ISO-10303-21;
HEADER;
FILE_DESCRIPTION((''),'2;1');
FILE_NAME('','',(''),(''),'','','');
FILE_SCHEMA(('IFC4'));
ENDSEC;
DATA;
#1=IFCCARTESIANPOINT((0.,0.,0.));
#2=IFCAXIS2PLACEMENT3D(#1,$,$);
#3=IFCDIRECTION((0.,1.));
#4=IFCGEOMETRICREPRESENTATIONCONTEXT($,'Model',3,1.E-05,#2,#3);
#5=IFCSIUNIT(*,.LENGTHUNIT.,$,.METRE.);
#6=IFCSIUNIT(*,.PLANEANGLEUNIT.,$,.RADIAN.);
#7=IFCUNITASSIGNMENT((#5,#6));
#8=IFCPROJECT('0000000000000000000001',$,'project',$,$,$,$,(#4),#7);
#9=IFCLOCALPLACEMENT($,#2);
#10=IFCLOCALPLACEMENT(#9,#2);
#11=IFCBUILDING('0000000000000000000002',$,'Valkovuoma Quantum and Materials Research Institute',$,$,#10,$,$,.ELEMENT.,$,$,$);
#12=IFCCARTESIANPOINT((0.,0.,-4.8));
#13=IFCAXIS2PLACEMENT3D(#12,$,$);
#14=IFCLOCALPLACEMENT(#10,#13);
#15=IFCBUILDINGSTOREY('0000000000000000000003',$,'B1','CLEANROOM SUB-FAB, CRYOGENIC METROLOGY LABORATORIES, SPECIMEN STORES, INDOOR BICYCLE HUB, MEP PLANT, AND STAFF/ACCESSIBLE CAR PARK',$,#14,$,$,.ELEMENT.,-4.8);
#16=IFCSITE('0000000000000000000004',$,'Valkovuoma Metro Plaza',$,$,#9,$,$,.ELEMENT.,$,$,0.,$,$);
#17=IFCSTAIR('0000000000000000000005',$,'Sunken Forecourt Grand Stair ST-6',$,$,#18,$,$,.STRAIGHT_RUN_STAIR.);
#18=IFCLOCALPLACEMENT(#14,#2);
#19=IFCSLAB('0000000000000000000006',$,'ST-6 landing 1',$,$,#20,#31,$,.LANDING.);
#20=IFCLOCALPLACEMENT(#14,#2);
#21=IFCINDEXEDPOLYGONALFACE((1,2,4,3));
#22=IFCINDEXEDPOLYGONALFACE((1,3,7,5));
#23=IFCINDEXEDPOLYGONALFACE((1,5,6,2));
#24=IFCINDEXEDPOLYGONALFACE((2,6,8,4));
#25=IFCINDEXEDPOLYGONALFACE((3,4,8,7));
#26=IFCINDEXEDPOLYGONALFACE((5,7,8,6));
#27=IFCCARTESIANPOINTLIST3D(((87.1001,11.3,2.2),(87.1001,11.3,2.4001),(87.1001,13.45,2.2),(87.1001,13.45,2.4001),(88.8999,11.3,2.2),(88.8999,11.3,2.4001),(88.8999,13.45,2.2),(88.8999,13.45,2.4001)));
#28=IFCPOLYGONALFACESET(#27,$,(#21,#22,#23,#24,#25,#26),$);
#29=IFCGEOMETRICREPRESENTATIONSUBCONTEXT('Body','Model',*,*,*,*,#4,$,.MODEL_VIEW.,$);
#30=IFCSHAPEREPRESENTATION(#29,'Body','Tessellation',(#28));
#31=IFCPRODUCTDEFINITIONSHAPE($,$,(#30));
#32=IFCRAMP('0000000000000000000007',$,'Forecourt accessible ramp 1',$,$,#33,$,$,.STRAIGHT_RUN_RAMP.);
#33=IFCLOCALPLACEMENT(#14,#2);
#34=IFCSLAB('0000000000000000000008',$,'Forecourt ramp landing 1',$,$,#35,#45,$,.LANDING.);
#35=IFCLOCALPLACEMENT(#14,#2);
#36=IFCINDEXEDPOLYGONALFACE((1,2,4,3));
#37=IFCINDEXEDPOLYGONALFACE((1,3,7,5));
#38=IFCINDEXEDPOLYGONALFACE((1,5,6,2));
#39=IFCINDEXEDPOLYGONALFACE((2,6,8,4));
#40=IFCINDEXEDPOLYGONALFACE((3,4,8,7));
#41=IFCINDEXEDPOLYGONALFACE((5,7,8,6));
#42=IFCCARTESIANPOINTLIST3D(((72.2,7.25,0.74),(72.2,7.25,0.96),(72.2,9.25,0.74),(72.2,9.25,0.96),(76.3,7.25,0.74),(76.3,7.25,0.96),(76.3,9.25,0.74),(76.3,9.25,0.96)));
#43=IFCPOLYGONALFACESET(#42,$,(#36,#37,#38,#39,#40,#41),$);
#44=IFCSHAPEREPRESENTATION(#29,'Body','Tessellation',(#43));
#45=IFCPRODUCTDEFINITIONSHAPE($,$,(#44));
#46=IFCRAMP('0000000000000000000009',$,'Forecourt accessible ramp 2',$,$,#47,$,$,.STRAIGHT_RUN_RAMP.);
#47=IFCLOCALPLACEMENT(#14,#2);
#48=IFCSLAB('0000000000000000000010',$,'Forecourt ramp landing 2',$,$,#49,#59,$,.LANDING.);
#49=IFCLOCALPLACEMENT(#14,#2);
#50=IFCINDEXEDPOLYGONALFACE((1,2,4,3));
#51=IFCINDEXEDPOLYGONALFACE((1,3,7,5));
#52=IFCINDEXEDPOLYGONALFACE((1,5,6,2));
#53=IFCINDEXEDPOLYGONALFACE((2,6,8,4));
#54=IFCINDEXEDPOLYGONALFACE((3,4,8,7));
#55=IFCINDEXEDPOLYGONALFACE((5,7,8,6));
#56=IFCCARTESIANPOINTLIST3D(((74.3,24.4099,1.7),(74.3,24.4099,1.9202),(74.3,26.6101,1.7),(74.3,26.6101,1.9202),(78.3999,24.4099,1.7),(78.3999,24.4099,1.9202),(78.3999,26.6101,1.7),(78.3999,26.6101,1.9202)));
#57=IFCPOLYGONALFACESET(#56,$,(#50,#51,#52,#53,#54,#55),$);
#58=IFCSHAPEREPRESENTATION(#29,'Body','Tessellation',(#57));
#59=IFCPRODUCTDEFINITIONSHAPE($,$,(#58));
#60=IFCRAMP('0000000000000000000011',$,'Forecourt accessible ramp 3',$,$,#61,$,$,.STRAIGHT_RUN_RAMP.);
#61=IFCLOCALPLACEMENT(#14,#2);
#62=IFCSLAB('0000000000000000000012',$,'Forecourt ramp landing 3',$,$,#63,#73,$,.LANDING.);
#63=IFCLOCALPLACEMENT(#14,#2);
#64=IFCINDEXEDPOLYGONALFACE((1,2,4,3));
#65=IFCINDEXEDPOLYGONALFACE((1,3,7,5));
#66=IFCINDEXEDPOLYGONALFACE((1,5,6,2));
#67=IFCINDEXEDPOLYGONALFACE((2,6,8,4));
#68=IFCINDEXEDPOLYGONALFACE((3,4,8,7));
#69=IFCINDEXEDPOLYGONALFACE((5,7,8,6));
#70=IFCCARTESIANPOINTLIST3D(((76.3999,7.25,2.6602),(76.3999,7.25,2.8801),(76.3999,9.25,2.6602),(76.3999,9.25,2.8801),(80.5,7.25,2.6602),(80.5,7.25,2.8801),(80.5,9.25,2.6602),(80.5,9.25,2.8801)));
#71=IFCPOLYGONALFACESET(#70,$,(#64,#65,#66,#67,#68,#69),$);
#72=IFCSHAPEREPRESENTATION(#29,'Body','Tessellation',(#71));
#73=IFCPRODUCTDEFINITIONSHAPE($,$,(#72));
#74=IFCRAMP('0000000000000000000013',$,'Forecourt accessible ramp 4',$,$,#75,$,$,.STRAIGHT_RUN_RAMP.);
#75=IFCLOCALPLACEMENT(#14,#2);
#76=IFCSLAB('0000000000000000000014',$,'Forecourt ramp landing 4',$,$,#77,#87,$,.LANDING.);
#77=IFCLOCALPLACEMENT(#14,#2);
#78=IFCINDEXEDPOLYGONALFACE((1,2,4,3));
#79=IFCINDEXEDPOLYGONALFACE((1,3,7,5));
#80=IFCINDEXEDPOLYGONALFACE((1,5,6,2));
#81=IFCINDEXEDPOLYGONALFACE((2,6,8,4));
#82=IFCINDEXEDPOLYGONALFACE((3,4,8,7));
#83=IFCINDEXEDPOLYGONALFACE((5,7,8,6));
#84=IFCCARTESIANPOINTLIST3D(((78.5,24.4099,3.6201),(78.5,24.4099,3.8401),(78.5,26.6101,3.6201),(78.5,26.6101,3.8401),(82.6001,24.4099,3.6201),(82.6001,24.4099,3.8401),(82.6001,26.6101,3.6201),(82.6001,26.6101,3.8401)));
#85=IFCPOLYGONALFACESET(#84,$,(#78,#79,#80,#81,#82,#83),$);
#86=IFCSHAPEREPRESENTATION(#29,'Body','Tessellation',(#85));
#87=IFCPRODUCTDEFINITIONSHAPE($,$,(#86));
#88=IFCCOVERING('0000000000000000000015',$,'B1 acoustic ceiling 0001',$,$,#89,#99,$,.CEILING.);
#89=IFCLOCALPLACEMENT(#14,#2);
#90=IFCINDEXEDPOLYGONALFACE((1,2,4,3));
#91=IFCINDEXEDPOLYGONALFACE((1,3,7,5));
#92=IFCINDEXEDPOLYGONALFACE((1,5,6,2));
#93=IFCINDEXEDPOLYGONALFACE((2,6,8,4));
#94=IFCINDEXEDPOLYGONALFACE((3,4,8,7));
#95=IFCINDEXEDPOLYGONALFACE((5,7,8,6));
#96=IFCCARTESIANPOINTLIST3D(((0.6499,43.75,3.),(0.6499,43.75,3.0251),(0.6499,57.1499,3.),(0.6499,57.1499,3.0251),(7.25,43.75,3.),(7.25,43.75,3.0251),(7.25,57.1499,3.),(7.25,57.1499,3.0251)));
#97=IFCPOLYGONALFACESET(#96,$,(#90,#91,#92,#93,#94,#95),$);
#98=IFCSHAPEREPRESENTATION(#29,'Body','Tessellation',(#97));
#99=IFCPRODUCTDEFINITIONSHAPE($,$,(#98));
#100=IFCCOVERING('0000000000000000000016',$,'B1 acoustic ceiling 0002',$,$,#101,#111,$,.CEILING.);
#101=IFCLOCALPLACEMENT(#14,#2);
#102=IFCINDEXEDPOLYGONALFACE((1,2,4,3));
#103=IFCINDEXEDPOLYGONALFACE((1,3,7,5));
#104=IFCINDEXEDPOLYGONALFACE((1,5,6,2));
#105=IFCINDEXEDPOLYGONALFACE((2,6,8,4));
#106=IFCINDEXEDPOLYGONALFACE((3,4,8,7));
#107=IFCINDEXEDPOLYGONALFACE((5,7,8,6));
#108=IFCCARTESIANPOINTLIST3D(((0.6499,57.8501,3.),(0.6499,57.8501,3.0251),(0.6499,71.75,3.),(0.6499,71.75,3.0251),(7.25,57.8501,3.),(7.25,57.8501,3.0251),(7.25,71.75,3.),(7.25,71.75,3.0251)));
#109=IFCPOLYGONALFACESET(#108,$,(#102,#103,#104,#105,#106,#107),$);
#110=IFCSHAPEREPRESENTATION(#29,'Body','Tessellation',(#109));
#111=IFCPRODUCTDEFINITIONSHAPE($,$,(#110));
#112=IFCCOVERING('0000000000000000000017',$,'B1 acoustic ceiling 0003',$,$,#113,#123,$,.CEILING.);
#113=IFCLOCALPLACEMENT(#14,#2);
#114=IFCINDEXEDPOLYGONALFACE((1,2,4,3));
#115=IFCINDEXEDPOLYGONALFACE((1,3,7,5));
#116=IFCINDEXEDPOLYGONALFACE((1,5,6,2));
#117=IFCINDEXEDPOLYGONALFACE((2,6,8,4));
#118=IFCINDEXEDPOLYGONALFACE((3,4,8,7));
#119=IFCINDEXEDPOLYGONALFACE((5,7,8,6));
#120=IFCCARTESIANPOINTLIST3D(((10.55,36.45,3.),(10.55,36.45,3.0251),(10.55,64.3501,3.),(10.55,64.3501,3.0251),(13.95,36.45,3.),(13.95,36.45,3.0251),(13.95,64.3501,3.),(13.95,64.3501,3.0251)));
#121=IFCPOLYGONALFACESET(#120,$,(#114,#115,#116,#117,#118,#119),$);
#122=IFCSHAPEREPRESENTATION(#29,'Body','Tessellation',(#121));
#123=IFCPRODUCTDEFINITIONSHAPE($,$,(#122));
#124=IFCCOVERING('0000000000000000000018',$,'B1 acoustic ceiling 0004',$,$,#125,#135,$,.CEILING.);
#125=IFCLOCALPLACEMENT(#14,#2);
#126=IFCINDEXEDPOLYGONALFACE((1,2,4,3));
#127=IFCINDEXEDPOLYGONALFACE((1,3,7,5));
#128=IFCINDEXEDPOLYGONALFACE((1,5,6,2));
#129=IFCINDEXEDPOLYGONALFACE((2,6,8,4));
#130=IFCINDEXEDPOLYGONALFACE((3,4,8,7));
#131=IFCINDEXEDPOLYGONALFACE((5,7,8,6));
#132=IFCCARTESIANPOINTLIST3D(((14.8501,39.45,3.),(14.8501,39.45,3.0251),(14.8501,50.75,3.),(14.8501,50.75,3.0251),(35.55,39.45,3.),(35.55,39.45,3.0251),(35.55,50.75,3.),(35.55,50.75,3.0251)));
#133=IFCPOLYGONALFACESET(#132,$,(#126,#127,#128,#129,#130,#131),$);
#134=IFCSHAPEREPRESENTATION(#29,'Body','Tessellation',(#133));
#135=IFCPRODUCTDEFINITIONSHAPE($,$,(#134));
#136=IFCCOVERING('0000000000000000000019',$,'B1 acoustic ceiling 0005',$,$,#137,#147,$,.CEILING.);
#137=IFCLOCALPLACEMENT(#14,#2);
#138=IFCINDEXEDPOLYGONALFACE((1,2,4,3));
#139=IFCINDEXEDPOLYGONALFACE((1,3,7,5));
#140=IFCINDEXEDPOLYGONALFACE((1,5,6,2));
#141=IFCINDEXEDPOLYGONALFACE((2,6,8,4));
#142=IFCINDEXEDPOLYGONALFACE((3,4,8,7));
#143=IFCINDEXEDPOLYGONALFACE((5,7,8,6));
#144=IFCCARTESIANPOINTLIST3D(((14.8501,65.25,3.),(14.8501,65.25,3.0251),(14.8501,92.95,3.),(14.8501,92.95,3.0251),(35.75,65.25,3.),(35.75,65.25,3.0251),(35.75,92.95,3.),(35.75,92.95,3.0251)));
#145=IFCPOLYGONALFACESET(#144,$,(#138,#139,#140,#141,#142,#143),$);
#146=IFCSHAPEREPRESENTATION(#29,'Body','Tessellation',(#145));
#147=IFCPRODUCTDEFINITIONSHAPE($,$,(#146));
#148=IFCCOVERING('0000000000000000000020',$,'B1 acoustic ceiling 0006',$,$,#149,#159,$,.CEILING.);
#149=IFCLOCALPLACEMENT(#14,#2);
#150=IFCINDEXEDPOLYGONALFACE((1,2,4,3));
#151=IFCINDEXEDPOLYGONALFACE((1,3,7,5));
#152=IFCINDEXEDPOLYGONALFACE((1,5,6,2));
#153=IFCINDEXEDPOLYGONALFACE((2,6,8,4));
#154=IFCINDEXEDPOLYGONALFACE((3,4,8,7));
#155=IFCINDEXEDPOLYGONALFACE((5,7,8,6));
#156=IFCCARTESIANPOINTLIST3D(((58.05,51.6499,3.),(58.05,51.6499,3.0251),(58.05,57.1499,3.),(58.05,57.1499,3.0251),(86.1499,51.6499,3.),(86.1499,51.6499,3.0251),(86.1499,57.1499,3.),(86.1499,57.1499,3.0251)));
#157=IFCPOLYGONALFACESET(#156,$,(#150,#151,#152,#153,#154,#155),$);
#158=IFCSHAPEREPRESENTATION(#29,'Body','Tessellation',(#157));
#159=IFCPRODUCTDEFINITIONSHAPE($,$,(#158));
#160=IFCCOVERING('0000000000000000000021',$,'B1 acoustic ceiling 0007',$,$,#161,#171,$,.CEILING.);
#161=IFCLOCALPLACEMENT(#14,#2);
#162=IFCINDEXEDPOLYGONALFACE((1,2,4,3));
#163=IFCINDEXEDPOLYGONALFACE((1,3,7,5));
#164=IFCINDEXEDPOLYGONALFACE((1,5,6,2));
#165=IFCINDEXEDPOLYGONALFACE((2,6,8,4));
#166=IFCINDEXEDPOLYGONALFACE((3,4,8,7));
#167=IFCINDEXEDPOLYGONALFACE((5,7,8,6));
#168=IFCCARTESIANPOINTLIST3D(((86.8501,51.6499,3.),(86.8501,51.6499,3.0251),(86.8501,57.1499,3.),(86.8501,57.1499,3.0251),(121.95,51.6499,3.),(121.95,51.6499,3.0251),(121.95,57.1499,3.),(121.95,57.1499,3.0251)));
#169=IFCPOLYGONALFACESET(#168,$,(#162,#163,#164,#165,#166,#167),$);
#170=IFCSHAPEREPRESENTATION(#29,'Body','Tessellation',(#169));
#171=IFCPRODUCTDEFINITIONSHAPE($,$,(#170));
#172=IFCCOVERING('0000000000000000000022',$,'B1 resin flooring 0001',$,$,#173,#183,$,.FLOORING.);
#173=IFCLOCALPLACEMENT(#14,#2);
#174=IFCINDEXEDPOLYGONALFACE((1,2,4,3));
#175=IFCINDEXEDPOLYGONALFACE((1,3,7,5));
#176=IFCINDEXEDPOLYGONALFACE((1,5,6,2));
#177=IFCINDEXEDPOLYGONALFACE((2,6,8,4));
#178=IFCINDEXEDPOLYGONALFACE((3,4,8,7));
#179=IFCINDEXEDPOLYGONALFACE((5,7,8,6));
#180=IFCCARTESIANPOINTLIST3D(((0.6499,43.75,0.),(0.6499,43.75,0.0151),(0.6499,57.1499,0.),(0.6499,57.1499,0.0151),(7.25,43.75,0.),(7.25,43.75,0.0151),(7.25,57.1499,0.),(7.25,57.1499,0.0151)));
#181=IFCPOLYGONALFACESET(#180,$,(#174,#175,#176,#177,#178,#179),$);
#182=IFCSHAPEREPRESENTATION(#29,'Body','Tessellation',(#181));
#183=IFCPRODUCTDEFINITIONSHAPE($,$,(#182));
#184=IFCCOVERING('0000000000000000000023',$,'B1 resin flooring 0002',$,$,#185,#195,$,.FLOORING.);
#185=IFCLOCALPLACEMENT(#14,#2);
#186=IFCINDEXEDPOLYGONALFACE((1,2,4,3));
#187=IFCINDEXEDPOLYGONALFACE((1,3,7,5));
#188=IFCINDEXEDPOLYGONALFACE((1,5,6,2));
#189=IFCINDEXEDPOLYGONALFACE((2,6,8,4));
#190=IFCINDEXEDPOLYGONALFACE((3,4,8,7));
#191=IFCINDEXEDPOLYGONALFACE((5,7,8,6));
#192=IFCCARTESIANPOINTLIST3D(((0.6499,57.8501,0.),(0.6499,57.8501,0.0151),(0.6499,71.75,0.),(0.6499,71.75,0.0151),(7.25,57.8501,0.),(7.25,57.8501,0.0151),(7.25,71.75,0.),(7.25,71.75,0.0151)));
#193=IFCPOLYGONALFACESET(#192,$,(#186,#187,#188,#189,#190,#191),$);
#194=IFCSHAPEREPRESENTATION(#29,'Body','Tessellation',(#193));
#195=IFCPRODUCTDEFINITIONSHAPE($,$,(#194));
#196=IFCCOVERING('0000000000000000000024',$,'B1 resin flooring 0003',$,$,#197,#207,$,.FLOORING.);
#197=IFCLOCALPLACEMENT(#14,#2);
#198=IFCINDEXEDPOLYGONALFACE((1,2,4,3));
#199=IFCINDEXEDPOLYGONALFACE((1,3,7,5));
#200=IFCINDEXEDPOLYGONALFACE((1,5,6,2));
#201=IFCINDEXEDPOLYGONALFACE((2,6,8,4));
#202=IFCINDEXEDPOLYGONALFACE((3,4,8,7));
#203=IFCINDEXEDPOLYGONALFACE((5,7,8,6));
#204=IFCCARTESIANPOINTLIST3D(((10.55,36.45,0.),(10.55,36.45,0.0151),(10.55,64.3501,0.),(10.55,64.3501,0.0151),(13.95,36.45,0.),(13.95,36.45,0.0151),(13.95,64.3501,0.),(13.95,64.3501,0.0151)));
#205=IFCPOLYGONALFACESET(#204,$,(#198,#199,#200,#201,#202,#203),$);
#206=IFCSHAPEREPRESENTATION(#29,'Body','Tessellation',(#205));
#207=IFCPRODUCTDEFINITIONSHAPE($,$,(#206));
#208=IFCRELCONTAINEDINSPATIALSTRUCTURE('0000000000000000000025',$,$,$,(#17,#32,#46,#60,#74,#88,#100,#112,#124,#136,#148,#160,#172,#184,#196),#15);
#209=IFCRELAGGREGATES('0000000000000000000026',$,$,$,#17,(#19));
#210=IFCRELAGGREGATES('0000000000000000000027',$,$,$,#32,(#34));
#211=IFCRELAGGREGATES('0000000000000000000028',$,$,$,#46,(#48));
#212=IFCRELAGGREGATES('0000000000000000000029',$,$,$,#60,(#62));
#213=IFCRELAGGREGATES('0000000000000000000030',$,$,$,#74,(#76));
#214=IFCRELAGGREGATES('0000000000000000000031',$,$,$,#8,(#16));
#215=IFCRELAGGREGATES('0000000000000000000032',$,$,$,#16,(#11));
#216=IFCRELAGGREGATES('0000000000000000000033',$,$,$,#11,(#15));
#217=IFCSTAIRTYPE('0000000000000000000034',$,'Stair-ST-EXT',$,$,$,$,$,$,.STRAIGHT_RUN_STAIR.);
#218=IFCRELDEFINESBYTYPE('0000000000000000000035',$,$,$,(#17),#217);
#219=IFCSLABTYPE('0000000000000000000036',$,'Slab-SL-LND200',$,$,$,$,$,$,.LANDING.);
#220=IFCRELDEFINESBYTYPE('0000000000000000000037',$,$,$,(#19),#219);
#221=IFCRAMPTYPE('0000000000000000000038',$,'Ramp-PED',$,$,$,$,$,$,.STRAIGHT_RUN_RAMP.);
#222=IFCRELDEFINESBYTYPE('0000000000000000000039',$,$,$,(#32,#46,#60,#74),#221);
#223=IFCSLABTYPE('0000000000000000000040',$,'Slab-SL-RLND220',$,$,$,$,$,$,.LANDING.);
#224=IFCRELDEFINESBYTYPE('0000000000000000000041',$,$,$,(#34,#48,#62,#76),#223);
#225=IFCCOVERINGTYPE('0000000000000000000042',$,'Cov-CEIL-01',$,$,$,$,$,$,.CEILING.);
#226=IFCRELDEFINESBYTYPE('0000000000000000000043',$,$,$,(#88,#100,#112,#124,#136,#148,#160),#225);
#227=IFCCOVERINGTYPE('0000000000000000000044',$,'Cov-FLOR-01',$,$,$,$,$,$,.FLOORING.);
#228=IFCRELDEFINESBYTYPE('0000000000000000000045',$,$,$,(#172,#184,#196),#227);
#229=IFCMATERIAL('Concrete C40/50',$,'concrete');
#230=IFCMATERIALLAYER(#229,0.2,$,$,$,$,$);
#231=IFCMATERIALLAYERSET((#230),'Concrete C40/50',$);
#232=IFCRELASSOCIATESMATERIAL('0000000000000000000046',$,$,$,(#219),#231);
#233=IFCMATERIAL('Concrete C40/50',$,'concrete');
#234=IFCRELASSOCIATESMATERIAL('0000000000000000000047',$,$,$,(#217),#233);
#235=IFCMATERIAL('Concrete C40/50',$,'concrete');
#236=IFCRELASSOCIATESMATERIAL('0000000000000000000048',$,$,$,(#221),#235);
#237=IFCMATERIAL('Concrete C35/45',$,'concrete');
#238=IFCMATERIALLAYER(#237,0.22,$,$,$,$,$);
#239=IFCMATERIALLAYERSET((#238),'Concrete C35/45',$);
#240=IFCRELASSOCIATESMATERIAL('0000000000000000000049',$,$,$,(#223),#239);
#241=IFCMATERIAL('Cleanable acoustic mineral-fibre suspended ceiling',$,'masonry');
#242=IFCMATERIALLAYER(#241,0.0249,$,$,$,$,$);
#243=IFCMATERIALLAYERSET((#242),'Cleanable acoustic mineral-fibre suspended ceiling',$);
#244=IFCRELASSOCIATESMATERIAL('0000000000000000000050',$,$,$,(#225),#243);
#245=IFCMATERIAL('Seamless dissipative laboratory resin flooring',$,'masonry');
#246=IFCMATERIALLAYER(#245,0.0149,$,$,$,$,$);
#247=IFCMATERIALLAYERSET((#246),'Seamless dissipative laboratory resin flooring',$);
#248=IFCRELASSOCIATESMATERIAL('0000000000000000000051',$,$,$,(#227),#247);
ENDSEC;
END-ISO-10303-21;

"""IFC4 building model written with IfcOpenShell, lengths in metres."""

from ifc_helpers import new_model, si_unit, direction, frame, origin, place, context, subcontext, project, spatial, polyline, outline, extrude, material, layer, layer_set, type_object, element, aggregate, save


model = new_model("IFC4")

# Units and contexts
model_context = context("Model", 3, precision=1e-05, world=origin(), true_north=direction((0.0, 1.0)))
body_context = subcontext(model_context, "Body", "Model", "MODEL_VIEW")
ifc_project = project(units=[si_unit("LENGTHUNIT", "METRE"), si_unit("PLANEANGLEUNIT", "RADIAN")], contexts=[model_context])

# Site, building, storey
site_placement = place(None, origin())
site = spatial("IfcSite", under=ifc_project, at=site_placement, Name="Valkovuoma Metro Plaza", CompositionType="ELEMENT", RefElevation=0.0)
building_placement = place(site_placement, origin())
building = spatial("IfcBuilding", under=site, at=building_placement, Name="Valkovuoma Quantum and Materials Research Institute", CompositionType="ELEMENT")
storey_placement = place(building_placement, frame((0.0, 0.0, -4.8)))
storey = spatial("IfcBuildingStorey", under=building, at=storey_placement, Name="B1", Description="CLEANROOM SUB-FAB, CRYOGENIC METROLOGY LABORATORIES, SPECIMEN STORES, INDOOR BICYCLE HUB, MEP PLANT, AND STAFF/ACCESSIBLE CAR PARK", CompositionType="ELEMENT", Elevation=-4.8)

# Stair, slab
ifc_material_1 = material(Name="Concrete C40/50", Category="concrete")
ifc_layer_1 = layer(ifc_material_1, 0.2)
ifc_layer_set_1 = layer_set([ifc_layer_1], Name="Concrete C40/50")
slab_type_1 = type_object("IfcSlabType", Name="Slab-SL-LND200", PredefinedType="LANDING", material=ifc_layer_set_1)
ifc_material_2 = material(Name="Concrete C40/50", Category="concrete")
stair_type_1 = type_object("IfcStairType", Name="Stair-ST-EXT", PredefinedType="STRAIGHT_RUN_STAIR", material=ifc_material_2)
stair_1_placement = place(storey_placement, origin())
stair_1 = element("IfcStair", 1, at=stair_1_placement, inside=storey, type_object=stair_type_1, Name="Sunken Forecourt Grand Stair ST-6", PredefinedType="STRAIGHT_RUN_STAIR")
slab_1_placement = place(storey_placement, frame((0.0, 0.0, 2.2)))
slab_1 = element("IfcSlab", 2, at=slab_1_placement, type_object=slab_type_1, Name="ST-6 landing 1", PredefinedType="LANDING", context=body_context, shape_type="SweptSolid", body=[
    extrude(outline(polyline([(87.1001, 11.3), (88.8999, 11.3), (88.8999, 13.45), (87.1001, 13.45), (87.1001, 11.3)])), origin(), (0.0, 0.0, 1.0), 0.2002),
])
aggregate(stair_1, [slab_1])

# Ramps, slabs
ifc_material_3 = material(Name="Concrete C40/50", Category="concrete")
ramp_type = type_object("IfcRampType", Name="Ramp-PED", PredefinedType="STRAIGHT_RUN_RAMP", material=ifc_material_3)
ramp_1_placement = place(storey_placement, origin())
ramp_1 = element("IfcRamp", 3, at=ramp_1_placement, inside=storey, type_object=ramp_type, Name="Forecourt accessible ramp 1", PredefinedType="STRAIGHT_RUN_RAMP")
ifc_material_4 = material(Name="Concrete C35/45", Category="concrete")
ifc_layer_2 = layer(ifc_material_4, 0.22)
ifc_layer_set_2 = layer_set([ifc_layer_2], Name="Concrete C35/45")
slab_type_2 = type_object("IfcSlabType", Name="Slab-SL-RLND220", PredefinedType="LANDING", material=ifc_layer_set_2)
slab_2_placement = place(storey_placement, frame((0.0, 0.0, 0.74)))
slab_2 = element("IfcSlab", 4, at=slab_2_placement, type_object=slab_type_2, Name="Forecourt ramp landing 1", PredefinedType="LANDING", context=body_context, shape_type="SweptSolid", body=[
    extrude(outline(polyline([(72.2, 7.25), (76.3, 7.25), (76.3, 9.25), (72.2, 9.25), (72.2, 7.25)])), origin(), (0.0, 0.0, 1.0), 0.22),
])
aggregate(ramp_1, [slab_2])
ramp_2_placement = place(storey_placement, origin())
ramp_2 = element("IfcRamp", 5, at=ramp_2_placement, inside=storey, type_object=ramp_type, Name="Forecourt accessible ramp 2", PredefinedType="STRAIGHT_RUN_RAMP")
slab_3_placement = place(storey_placement, frame((0.0, 0.0, 1.7)))
slab_3 = element("IfcSlab", 6, at=slab_3_placement, type_object=slab_type_2, Name="Forecourt ramp landing 2", PredefinedType="LANDING", context=body_context, shape_type="SweptSolid", body=[
    extrude(outline(polyline([(74.3, 24.4099), (78.3999, 24.4099), (78.3999, 26.6101), (74.3, 26.6101), (74.3, 24.4099)])), origin(), (0.0, 0.0, 1.0), 0.2202),
])
aggregate(ramp_2, [slab_3])
ramp_3_placement = place(storey_placement, origin())
ramp_3 = element("IfcRamp", 7, at=ramp_3_placement, inside=storey, type_object=ramp_type, Name="Forecourt accessible ramp 3", PredefinedType="STRAIGHT_RUN_RAMP")
slab_4_placement = place(storey_placement, frame((0.0, 0.0, 2.6602)))
slab_4 = element("IfcSlab", 8, at=slab_4_placement, type_object=slab_type_2, Name="Forecourt ramp landing 3", PredefinedType="LANDING", context=body_context, shape_type="SweptSolid", body=[
    extrude(outline(polyline([(76.3999, 7.25), (80.5, 7.25), (80.5, 9.25), (76.3999, 9.25), (76.3999, 7.25)])), origin(), (0.0, 0.0, 1.0), 0.22),
])
aggregate(ramp_3, [slab_4])
ramp_4_placement = place(storey_placement, origin())
ramp_4 = element("IfcRamp", 9, at=ramp_4_placement, inside=storey, type_object=ramp_type, Name="Forecourt accessible ramp 4", PredefinedType="STRAIGHT_RUN_RAMP")
slab_5_placement = place(storey_placement, frame((0.0, 0.0, 3.6201)))
slab_5 = element("IfcSlab", 10, at=slab_5_placement, type_object=slab_type_2, Name="Forecourt ramp landing 4", PredefinedType="LANDING", context=body_context, shape_type="SweptSolid", body=[
    extrude(outline(polyline([(78.5, 24.4099), (82.6001, 24.4099), (82.6001, 26.6101), (78.5, 26.6101), (78.5, 24.4099)])), origin(), (0.0, 0.0, 1.0), 0.22),
])
aggregate(ramp_4, [slab_5])

# Coverings
ifc_material_5 = material(Name="Cleanable acoustic mineral-fibre suspended ceiling", Category="masonry")
ifc_layer_3 = layer(ifc_material_5, 0.0249)
ifc_layer_set_3 = layer_set([ifc_layer_3], Name="Cleanable acoustic mineral-fibre suspended ceiling")
covering_type_1 = type_object("IfcCoveringType", Name="Cov-CEIL-01", PredefinedType="CEILING", material=ifc_layer_set_3)
covering_1_placement = place(storey_placement, frame((0.0, 0.0, 3.0)))
element("IfcCovering", 11, at=covering_1_placement, inside=storey, type_object=covering_type_1, Name="B1 acoustic ceiling 0001", PredefinedType="CEILING", context=body_context, shape_type="SweptSolid", body=[
    extrude(outline(polyline([(0.6499, 43.75), (7.25, 43.75), (7.25, 57.1499), (0.6499, 57.1499), (0.6499, 43.75)])), origin(), (0.0, 0.0, 1.0), 0.0251),
])
covering_2_placement = place(storey_placement, frame((0.0, 0.0, 3.0)))
element("IfcCovering", 12, at=covering_2_placement, inside=storey, type_object=covering_type_1, Name="B1 acoustic ceiling 0002", PredefinedType="CEILING", context=body_context, shape_type="SweptSolid", body=[
    extrude(outline(polyline([(0.6499, 57.8501), (7.25, 57.8501), (7.25, 71.75), (0.6499, 71.75), (0.6499, 57.8501)])), origin(), (0.0, 0.0, 1.0), 0.0251),
])
covering_3_placement = place(storey_placement, frame((0.0, 0.0, 3.0)))
element("IfcCovering", 13, at=covering_3_placement, inside=storey, type_object=covering_type_1, Name="B1 acoustic ceiling 0003", PredefinedType="CEILING", context=body_context, shape_type="SweptSolid", body=[
    extrude(outline(polyline([(10.55, 36.45), (13.95, 36.45), (13.95, 64.3501), (10.55, 64.3501), (10.55, 36.45)])), origin(), (0.0, 0.0, 1.0), 0.0251),
])
covering_4_placement = place(storey_placement, frame((0.0, 0.0, 3.0)))
element("IfcCovering", 14, at=covering_4_placement, inside=storey, type_object=covering_type_1, Name="B1 acoustic ceiling 0004", PredefinedType="CEILING", context=body_context, shape_type="SweptSolid", body=[
    extrude(outline(polyline([(14.8501, 39.45), (35.55, 39.45), (35.55, 50.75), (14.8501, 50.75), (14.8501, 39.45)])), origin(), (0.0, 0.0, 1.0), 0.0251),
])
covering_5_placement = place(storey_placement, frame((0.0, 0.0, 3.0)))
element("IfcCovering", 15, at=covering_5_placement, inside=storey, type_object=covering_type_1, Name="B1 acoustic ceiling 0005", PredefinedType="CEILING", context=body_context, shape_type="SweptSolid", body=[
    extrude(outline(polyline([(14.8501, 65.25), (35.75, 65.25), (35.75, 92.95), (14.8501, 92.95), (14.8501, 65.25)])), origin(), (0.0, 0.0, 1.0), 0.0251),
])
covering_6_placement = place(storey_placement, frame((0.0, 0.0, 3.0)))
element("IfcCovering", 16, at=covering_6_placement, inside=storey, type_object=covering_type_1, Name="B1 acoustic ceiling 0006", PredefinedType="CEILING", context=body_context, shape_type="SweptSolid", body=[
    extrude(outline(polyline([(58.05, 51.6499), (86.1499, 51.6499), (86.1499, 57.1499), (58.05, 57.1499), (58.05, 51.6499)])), origin(), (0.0, 0.0, 1.0), 0.0251),
])
covering_7_placement = place(storey_placement, frame((0.0, 0.0, 3.0)))
element("IfcCovering", 17, at=covering_7_placement, inside=storey, type_object=covering_type_1, Name="B1 acoustic ceiling 0007", PredefinedType="CEILING", context=body_context, shape_type="SweptSolid", body=[
    extrude(outline(polyline([(86.8501, 51.6499), (121.95, 51.6499), (121.95, 57.1499), (86.8501, 57.1499), (86.8501, 51.6499)])), origin(), (0.0, 0.0, 1.0), 0.0251),
])
ifc_material_6 = material(Name="Seamless dissipative laboratory resin flooring", Category="masonry")
ifc_layer_4 = layer(ifc_material_6, 0.0149)
ifc_layer_set_4 = layer_set([ifc_layer_4], Name="Seamless dissipative laboratory resin flooring")
covering_type_2 = type_object("IfcCoveringType", Name="Cov-FLOR-01", PredefinedType="FLOORING", material=ifc_layer_set_4)
covering_8_placement = place(storey_placement, origin())
element("IfcCovering", 18, at=covering_8_placement, inside=storey, type_object=covering_type_2, Name="B1 resin flooring 0001", PredefinedType="FLOORING", context=body_context, shape_type="SweptSolid", body=[
    extrude(outline(polyline([(0.6499, 43.75), (7.25, 43.75), (7.25, 57.1499), (0.6499, 57.1499), (0.6499, 43.75)])), origin(), (0.0, 0.0, 1.0), 0.0151),
])
covering_9_placement = place(storey_placement, origin())
element("IfcCovering", 19, at=covering_9_placement, inside=storey, type_object=covering_type_2, Name="B1 resin flooring 0002", PredefinedType="FLOORING", context=body_context, shape_type="SweptSolid", body=[
    extrude(outline(polyline([(0.6499, 57.8501), (7.25, 57.8501), (7.25, 71.75), (0.6499, 71.75), (0.6499, 57.8501)])), origin(), (0.0, 0.0, 1.0), 0.0151),
])
covering_10_placement = place(storey_placement, origin())
element("IfcCovering", 20, at=covering_10_placement, inside=storey, type_object=covering_type_2, Name="B1 resin flooring 0003", PredefinedType="FLOORING", context=body_context, shape_type="SweptSolid", body=[
    extrude(outline(polyline([(10.55, 36.45), (13.95, 36.45), (13.95, 64.3501), (10.55, 64.3501), (10.55, 36.45)])), origin(), (0.0, 0.0, 1.0), 0.0151),
])

save(model, "model.ifc")
